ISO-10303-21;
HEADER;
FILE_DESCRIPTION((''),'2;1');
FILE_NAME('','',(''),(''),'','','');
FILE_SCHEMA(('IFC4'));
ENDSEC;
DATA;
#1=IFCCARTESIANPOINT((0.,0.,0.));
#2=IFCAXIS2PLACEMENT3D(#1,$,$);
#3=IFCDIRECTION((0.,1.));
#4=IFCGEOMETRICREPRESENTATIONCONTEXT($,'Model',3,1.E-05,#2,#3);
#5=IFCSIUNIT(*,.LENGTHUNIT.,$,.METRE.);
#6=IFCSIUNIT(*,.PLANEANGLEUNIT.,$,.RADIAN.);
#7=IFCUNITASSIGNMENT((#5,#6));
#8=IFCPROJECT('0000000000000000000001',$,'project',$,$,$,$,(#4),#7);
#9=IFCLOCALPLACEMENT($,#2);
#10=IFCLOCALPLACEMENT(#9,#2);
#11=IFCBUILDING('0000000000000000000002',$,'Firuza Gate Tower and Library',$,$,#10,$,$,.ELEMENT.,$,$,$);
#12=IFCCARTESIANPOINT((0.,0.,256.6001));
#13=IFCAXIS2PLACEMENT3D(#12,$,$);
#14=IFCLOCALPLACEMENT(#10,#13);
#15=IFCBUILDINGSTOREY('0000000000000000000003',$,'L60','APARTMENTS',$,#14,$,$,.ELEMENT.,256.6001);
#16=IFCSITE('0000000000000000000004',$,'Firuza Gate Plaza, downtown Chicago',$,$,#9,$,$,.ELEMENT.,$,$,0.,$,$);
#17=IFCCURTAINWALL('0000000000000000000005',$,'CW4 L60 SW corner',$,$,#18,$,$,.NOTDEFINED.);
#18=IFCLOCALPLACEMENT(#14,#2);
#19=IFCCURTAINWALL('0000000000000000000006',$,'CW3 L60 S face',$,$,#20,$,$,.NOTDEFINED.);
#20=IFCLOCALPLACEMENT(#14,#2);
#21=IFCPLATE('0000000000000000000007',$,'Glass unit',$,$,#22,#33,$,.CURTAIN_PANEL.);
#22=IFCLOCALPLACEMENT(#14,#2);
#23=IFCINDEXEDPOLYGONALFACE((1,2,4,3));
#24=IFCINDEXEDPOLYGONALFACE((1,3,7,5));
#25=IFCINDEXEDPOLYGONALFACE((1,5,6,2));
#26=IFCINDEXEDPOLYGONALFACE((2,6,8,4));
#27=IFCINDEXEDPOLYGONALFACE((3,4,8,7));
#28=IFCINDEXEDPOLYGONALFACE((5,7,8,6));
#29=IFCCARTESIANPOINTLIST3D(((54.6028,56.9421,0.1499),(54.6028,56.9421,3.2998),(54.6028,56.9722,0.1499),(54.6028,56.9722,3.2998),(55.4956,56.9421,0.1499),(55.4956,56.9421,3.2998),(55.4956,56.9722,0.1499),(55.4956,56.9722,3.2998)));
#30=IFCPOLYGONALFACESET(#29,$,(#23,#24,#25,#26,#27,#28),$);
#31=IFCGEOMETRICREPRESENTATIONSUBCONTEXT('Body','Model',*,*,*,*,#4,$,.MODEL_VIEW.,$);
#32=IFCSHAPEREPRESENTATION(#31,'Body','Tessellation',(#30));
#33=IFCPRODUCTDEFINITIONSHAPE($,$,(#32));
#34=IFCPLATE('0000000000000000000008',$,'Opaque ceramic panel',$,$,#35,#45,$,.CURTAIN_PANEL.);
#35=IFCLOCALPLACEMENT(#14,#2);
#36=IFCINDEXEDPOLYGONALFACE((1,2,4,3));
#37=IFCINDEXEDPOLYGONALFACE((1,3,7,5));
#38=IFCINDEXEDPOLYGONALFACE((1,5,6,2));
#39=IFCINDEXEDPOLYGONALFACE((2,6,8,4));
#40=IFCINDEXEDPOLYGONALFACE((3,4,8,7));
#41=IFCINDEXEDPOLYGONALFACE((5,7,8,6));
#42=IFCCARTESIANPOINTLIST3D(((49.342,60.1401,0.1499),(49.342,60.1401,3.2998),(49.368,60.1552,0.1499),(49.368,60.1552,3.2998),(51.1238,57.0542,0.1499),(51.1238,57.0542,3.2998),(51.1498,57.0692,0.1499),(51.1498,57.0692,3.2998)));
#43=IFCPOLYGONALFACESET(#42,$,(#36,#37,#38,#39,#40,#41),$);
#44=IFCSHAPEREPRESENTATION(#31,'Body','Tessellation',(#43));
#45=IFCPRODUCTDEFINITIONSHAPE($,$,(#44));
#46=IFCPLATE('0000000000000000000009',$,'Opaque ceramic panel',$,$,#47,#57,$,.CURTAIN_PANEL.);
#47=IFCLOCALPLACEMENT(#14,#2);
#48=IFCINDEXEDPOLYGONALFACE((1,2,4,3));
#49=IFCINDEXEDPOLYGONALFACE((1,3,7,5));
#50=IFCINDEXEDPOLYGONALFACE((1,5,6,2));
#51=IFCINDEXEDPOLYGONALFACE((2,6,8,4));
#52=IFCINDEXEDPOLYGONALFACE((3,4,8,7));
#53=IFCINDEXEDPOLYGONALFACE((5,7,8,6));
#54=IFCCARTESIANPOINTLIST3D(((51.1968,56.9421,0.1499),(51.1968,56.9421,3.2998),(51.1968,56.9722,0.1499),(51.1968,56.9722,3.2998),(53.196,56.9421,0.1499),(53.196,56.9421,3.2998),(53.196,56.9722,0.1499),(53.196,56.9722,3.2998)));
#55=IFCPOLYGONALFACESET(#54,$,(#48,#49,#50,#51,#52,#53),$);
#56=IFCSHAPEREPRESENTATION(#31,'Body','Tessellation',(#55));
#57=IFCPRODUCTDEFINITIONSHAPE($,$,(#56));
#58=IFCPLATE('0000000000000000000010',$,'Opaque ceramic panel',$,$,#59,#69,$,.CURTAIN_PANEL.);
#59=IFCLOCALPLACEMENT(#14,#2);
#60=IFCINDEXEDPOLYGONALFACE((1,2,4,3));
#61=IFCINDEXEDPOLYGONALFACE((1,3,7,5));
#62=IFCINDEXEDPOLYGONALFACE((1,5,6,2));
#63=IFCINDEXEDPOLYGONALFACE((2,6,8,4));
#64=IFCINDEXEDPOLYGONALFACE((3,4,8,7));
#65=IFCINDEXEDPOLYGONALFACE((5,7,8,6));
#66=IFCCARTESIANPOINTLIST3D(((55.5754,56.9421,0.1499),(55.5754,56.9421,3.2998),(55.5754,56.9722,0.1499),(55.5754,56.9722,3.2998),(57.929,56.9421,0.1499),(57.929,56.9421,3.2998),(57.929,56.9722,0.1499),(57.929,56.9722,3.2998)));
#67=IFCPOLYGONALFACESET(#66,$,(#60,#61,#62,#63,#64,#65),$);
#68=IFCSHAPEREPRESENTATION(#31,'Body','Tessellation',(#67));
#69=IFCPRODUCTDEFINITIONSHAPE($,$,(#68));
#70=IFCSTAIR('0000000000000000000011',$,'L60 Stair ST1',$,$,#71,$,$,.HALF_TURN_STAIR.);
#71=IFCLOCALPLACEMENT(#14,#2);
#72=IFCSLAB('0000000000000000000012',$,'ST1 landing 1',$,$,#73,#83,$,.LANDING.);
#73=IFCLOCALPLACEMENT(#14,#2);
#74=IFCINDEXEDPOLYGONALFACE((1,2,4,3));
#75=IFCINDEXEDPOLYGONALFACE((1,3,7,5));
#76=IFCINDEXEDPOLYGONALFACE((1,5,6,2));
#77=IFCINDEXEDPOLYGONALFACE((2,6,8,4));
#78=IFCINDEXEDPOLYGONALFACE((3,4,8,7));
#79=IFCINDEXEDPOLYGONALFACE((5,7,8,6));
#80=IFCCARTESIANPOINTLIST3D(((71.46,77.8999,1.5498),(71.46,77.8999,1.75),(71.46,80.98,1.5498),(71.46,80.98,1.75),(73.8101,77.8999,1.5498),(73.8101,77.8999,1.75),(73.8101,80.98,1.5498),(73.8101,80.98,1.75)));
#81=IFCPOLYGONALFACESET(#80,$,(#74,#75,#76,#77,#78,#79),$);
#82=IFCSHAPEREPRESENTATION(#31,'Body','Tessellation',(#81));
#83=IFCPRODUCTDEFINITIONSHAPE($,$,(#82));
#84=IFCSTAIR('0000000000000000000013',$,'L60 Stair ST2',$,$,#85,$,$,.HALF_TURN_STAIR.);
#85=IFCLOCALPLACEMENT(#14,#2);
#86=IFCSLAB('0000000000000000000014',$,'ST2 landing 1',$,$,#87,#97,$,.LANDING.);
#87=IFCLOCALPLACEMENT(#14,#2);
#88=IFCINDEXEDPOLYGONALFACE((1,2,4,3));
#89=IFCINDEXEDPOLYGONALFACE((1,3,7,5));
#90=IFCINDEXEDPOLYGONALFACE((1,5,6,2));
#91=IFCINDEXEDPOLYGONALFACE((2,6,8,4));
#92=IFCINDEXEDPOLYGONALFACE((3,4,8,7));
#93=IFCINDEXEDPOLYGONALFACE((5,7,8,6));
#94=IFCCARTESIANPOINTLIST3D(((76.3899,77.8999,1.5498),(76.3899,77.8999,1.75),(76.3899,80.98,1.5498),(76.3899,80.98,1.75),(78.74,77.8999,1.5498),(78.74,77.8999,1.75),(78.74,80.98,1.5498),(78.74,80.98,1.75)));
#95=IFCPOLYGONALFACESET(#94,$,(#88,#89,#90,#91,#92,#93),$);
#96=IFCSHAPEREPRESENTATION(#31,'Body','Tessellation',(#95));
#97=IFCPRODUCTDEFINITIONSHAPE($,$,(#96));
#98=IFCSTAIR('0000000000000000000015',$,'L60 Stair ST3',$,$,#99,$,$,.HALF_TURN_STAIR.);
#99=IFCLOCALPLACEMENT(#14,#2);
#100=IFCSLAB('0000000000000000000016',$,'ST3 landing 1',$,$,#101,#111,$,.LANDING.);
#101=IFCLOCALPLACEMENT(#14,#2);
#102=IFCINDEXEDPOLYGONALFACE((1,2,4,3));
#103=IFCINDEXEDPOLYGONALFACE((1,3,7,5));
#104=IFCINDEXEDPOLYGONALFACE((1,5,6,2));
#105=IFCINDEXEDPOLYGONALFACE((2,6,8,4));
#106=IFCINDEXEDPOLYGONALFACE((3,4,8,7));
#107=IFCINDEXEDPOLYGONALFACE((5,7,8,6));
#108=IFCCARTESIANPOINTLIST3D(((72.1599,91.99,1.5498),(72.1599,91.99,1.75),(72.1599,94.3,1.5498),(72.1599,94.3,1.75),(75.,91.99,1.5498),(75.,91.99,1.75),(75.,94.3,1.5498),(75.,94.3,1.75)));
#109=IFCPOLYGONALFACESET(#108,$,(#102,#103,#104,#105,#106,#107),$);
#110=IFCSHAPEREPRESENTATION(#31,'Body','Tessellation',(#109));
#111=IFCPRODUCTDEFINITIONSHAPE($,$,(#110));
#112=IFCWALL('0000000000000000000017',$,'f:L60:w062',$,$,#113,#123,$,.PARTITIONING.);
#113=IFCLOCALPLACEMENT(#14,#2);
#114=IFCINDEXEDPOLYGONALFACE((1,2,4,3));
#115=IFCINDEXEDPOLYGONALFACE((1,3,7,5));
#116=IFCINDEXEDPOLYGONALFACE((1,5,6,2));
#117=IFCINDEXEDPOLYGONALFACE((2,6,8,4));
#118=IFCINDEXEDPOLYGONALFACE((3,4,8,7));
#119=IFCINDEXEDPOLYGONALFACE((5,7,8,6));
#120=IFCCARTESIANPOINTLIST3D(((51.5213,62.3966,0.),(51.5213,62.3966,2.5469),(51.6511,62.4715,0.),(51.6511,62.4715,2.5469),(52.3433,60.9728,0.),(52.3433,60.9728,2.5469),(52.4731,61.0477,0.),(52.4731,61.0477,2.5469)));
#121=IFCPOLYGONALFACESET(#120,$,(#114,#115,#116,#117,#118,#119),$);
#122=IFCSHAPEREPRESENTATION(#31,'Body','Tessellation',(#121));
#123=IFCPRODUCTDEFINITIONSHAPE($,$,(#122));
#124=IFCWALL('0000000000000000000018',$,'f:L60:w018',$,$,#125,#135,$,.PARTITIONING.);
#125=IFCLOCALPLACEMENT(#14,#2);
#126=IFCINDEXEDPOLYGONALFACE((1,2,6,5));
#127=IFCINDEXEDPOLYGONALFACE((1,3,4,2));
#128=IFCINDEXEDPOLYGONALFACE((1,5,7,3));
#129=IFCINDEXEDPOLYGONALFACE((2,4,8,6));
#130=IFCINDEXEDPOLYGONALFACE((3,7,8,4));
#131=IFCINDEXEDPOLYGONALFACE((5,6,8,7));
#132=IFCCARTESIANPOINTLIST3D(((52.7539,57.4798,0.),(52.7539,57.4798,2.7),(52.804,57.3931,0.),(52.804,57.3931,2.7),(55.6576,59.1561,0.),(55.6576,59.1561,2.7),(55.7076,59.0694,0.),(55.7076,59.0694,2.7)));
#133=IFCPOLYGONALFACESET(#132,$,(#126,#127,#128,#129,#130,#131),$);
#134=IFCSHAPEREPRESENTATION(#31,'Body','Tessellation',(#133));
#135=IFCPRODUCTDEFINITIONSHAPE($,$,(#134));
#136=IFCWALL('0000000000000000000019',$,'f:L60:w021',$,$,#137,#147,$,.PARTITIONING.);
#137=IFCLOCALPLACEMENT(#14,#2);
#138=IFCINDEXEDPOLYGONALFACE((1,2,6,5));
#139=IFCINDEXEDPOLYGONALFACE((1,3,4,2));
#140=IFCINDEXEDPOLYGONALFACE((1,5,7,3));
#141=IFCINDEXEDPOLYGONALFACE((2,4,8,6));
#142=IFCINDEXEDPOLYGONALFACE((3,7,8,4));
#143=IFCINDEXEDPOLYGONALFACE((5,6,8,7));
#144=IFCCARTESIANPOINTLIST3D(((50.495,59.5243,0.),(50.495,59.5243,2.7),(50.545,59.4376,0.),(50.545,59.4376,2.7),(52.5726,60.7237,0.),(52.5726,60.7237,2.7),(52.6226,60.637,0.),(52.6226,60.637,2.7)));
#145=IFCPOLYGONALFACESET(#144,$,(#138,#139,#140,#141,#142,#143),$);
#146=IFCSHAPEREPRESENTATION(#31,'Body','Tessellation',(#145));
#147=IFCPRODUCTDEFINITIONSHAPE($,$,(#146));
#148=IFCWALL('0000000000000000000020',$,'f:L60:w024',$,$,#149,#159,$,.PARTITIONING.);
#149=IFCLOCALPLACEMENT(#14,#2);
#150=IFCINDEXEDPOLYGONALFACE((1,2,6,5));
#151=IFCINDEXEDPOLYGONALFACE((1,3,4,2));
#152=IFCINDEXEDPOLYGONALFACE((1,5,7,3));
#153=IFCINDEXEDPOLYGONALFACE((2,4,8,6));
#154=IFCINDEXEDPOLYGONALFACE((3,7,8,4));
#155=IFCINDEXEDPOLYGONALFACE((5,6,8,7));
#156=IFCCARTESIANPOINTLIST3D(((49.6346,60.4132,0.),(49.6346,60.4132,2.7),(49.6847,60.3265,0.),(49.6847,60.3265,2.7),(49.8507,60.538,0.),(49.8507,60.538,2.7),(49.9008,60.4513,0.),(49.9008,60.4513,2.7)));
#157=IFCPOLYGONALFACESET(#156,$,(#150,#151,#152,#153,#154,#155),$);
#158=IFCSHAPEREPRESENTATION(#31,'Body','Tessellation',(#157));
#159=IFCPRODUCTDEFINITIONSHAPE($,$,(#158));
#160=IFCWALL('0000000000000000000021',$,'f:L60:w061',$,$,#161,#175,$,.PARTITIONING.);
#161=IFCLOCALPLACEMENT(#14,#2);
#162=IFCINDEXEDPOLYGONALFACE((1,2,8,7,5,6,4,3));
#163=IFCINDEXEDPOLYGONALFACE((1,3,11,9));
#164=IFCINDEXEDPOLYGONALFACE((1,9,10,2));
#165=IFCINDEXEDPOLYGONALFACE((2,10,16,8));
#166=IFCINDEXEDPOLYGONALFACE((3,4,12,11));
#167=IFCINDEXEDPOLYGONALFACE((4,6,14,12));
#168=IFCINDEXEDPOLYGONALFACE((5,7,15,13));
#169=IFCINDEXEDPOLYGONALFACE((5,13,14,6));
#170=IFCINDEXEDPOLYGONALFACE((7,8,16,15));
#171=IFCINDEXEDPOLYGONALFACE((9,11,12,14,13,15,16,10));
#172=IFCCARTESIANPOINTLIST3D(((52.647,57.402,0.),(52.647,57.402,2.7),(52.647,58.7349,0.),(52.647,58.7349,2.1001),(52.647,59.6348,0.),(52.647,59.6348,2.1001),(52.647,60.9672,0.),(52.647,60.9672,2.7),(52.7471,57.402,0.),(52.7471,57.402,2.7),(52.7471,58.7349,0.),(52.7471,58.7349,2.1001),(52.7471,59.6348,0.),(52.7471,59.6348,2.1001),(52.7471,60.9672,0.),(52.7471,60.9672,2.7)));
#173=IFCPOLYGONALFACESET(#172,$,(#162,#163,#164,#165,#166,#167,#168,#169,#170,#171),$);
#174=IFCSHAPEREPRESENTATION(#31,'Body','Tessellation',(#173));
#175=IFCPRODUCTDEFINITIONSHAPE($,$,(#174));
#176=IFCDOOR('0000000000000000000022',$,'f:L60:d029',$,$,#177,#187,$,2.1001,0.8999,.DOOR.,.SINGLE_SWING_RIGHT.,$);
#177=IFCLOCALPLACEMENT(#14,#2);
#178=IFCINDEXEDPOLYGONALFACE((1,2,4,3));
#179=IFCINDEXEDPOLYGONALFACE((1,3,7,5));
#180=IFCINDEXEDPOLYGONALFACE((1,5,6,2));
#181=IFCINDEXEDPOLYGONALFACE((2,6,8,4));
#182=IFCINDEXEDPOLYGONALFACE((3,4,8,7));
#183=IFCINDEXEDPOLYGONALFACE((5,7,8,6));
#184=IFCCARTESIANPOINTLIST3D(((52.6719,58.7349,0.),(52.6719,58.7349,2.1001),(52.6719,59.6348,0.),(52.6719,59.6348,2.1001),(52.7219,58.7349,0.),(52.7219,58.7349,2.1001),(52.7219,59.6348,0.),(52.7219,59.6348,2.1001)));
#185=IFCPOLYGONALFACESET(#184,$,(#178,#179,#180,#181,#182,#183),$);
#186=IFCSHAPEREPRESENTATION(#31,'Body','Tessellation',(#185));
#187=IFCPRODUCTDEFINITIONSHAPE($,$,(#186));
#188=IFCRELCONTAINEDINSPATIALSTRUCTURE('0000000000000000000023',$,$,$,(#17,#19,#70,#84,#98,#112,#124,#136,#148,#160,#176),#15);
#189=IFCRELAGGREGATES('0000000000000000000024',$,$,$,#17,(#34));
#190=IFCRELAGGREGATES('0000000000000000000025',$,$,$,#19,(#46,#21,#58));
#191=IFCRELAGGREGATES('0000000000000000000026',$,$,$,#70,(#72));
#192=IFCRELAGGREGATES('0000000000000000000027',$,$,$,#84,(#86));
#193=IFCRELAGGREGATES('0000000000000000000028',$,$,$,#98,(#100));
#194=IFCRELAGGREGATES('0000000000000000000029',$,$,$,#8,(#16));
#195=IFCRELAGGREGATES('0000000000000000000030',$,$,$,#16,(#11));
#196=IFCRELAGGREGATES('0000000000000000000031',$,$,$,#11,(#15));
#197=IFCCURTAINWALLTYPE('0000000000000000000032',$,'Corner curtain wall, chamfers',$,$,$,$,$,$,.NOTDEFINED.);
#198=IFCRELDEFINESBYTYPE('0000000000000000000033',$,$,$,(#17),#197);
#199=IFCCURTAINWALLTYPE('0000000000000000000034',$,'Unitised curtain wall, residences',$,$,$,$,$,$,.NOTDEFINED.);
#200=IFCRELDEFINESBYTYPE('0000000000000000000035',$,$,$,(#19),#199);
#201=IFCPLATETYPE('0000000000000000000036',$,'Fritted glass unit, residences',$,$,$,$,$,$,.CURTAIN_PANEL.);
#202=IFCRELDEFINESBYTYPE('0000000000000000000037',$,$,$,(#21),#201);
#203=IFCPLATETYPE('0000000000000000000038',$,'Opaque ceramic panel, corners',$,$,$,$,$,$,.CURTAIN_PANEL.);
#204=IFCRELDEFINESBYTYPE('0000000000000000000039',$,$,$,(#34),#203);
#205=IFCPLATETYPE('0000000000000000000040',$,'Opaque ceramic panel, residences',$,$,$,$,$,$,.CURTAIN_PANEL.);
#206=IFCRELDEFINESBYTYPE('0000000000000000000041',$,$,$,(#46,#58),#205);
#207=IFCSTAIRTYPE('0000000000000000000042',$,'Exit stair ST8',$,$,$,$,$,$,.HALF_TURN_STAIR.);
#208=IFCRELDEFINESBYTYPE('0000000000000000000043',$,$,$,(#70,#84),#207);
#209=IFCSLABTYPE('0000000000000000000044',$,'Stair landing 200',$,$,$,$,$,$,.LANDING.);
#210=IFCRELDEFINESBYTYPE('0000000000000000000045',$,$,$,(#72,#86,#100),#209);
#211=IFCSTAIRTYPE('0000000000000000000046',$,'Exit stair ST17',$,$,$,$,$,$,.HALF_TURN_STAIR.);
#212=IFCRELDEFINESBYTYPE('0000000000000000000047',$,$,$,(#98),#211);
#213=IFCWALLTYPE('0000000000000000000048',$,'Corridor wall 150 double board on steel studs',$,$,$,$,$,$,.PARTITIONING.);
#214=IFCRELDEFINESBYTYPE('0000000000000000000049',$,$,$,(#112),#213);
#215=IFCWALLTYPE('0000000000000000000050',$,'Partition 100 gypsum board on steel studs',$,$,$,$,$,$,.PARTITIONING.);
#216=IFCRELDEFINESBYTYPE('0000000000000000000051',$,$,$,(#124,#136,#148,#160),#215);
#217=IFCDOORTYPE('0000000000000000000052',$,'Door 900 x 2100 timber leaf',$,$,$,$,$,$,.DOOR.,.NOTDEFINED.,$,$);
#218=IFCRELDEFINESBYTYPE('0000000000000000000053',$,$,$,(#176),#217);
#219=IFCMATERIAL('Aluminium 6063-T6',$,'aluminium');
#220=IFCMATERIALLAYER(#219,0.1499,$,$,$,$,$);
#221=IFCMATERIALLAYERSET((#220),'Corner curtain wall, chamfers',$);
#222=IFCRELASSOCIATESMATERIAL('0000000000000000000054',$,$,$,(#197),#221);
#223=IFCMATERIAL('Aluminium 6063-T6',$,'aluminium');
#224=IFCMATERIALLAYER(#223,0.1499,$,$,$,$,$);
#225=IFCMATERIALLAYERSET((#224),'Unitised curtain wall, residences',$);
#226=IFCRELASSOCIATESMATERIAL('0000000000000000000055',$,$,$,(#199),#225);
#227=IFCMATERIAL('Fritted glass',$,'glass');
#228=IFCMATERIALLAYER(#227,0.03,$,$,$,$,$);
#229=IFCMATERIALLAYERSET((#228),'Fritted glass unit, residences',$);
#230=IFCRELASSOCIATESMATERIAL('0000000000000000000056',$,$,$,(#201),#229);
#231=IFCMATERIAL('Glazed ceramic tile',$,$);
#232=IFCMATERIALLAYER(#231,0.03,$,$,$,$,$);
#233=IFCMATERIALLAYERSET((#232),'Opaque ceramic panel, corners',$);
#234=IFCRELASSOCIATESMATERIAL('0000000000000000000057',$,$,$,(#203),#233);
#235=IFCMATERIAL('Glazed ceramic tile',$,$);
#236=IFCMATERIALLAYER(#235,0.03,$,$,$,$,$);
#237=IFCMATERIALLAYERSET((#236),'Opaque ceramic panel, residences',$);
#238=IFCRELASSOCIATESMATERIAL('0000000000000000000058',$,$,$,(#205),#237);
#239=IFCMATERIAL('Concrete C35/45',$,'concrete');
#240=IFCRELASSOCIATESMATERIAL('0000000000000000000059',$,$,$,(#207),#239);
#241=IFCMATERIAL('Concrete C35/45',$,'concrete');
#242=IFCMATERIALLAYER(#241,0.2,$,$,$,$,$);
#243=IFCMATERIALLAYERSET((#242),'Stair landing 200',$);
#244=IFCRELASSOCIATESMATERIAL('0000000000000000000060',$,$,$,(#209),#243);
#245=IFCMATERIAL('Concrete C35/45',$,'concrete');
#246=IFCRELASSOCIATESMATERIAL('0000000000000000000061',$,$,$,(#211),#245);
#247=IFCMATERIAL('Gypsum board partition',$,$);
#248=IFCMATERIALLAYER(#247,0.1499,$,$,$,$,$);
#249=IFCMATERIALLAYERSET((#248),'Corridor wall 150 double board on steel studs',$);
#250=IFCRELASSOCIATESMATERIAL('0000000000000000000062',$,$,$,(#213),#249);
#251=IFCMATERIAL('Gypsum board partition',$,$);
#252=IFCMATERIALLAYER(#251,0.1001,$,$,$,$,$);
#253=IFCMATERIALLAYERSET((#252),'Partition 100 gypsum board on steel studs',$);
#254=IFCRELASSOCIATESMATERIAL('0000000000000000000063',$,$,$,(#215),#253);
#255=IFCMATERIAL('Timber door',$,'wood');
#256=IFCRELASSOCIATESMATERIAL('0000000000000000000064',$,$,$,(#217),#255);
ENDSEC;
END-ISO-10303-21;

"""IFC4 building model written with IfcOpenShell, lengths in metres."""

from ifc_helpers import new_model, si_unit, direction, frame, frame_2d, origin, place, context, subcontext, project, spatial, polyline, rectangle, outline, extrude, material, layer, layer_set, type_object, element, fill, aggregate, save


model = new_model("IFC4")

# Units and contexts
model_context = context("Model", 3, precision=1e-05, world=origin(), true_north=direction((0.0, 1.0)))
body_context = subcontext(model_context, "Body", "Model", "MODEL_VIEW")
ifc_project = project(units=[si_unit("LENGTHUNIT", "METRE"), si_unit("PLANEANGLEUNIT", "RADIAN")], contexts=[model_context])

# Site, building, storey
site_placement = place(None, origin())
site = spatial("IfcSite", under=ifc_project, at=site_placement, Name="Firuza Gate Plaza, downtown Chicago", CompositionType="ELEMENT", RefElevation=0.0)
building_placement = place(site_placement, origin())
building = spatial("IfcBuilding", under=site, at=building_placement, Name="Firuza Gate Tower and Library", CompositionType="ELEMENT")
storey_placement = place(building_placement, frame((0.0, 0.0, 256.6001)))
storey = spatial("IfcBuildingStorey", under=building, at=storey_placement, Name="L60", Description="APARTMENTS", CompositionType="ELEMENT", Elevation=256.6001)

# Curtain walls
ifc_material_1 = material(Name="Aluminium 6063-T6", Category="aluminium")
ifc_layer_1 = layer(ifc_material_1, 0.1499)
ifc_layer_set_1 = layer_set([ifc_layer_1], Name="Corner curtain wall, chamfers")
curtain_wall_type_1 = type_object("IfcCurtainWallType", Name="Corner curtain wall, chamfers", PredefinedType="NOTDEFINED", material=ifc_layer_set_1)
placement_1 = place(storey_placement, origin())
curtain_wall_1 = element("IfcCurtainWall", 1, at=placement_1, inside=storey, type_object=curtain_wall_type_1, Name="CW4 L60 SW corner", PredefinedType="NOTDEFINED")
ifc_material_2 = material(Name="Aluminium 6063-T6", Category="aluminium")
ifc_layer_2 = layer(ifc_material_2, 0.1499)
ifc_layer_set_2 = layer_set([ifc_layer_2], Name="Unitised curtain wall, residences")
curtain_wall_type_2 = type_object("IfcCurtainWallType", Name="Unitised curtain wall, residences", PredefinedType="NOTDEFINED", material=ifc_layer_set_2)
curtain_wall_2 = element("IfcCurtainWall", 2, at=placement_1, inside=storey, type_object=curtain_wall_type_2, Name="CW3 L60 S face", PredefinedType="NOTDEFINED")

# Plates
ifc_material_3 = material(Name="Fritted glass", Category="glass")
ifc_layer_3 = layer(ifc_material_3, 0.03)
ifc_layer_set_3 = layer_set([ifc_layer_3], Name="Fritted glass unit, residences")
plate_type_1 = type_object("IfcPlateType", Name="Fritted glass unit, residences", PredefinedType="CURTAIN_PANEL", material=ifc_layer_set_3)
plate_1_placement = place(storey_placement, frame((54.6028, 56.9421, 0.1499), z_axis=(0.0, -1.0, 0.0), x_axis=(1.0, 0.0, 0.0)))
plate_1 = element("IfcPlate", 3, at=plate_1_placement, type_object=plate_type_1, Name="Glass unit", PredefinedType="CURTAIN_PANEL", context=body_context, shape_type="SweptSolid", body=[
    extrude(outline(polyline([(0.0, 0.0), (0.8928, 0.0), (0.8928, 3.1499), (0.0, 3.1499), (0.0, 0.0)])), origin(), (0.0, 0.0, -1.0), 0.03),
])
ifc_material_4 = material(Name="Glazed ceramic tile")
ifc_layer_4 = layer(ifc_material_4, 0.03)
ifc_layer_set_4 = layer_set([ifc_layer_4], Name="Opaque ceramic panel, corners")
plate_type_2 = type_object("IfcPlateType", Name="Opaque ceramic panel, corners", PredefinedType="CURTAIN_PANEL", material=ifc_layer_set_4)
plate_2_placement = place(storey_placement, frame((49.342, 60.1401, 0.1499), z_axis=(-0.866017, -0.500015, 0.0), x_axis=(0.500015, -0.866017, 0.0)))
plate_2 = element("IfcPlate", 4, at=plate_2_placement, type_object=plate_type_2, Name="Opaque ceramic panel", PredefinedType="CURTAIN_PANEL", context=body_context, shape_type="SweptSolid", body=[
    extrude(outline(polyline([(0.0, 0.0), (3.5634, 0.0), (3.5634, 3.1499), (0.0, 3.1499), (0.0, 0.0)])), origin(), (0.0, 0.0, -1.0), 0.03),
])
aggregate(curtain_wall_1, [plate_2])
ifc_material_5 = material(Name="Glazed ceramic tile")
ifc_layer_5 = layer(ifc_material_5, 0.03)
ifc_layer_set_5 = layer_set([ifc_layer_5], Name="Opaque ceramic panel, residences")
plate_type_3 = type_object("IfcPlateType", Name="Opaque ceramic panel, residences", PredefinedType="CURTAIN_PANEL", material=ifc_layer_set_5)
plate_3_placement = place(storey_placement, frame((51.1968, 56.9421, 0.1499), z_axis=(0.0, -1.0, 0.0), x_axis=(1.0, 0.0, 0.0)))
plate_3 = element("IfcPlate", 5, at=plate_3_placement, type_object=plate_type_3, Name="Opaque ceramic panel", PredefinedType="CURTAIN_PANEL", context=body_context, shape_type="SweptSolid", body=[
    extrude(outline(polyline([(0.0, 0.0), (1.9993, 0.0), (1.9993, 3.1499), (0.0, 3.1499), (0.0, 0.0)])), origin(), (0.0, 0.0, -1.0), 0.03),
])
plate_4_placement = place(storey_placement, frame((55.5754, 56.9421, 0.1499), z_axis=(0.0, -1.0, 0.0), x_axis=(1.0, 0.0, 0.0)))
plate_4 = element("IfcPlate", 6, at=plate_4_placement, type_object=plate_type_3, Name="Opaque ceramic panel", PredefinedType="CURTAIN_PANEL", context=body_context, shape_type="SweptSolid", body=[
    extrude(outline(polyline([(0.0, 0.0), (2.3535, 0.0), (2.3535, 3.1499), (0.0, 3.1499), (0.0, 0.0)])), origin(), (0.0, 0.0, -1.0), 0.03),
])
aggregate(curtain_wall_2, [plate_3, plate_1, plate_4])

# Stairs, slabs
ifc_material_6 = material(Name="Concrete C35/45", Category="concrete")
stair_type_1 = type_object("IfcStairType", Name="Exit stair ST8", PredefinedType="HALF_TURN_STAIR", material=ifc_material_6)
stair_1 = element("IfcStair", 7, at=placement_1, inside=storey, type_object=stair_type_1, Name="L60 Stair ST1", PredefinedType="HALF_TURN_STAIR")
ifc_material_7 = material(Name="Concrete C35/45", Category="concrete")
ifc_layer_6 = layer(ifc_material_7, 0.2)
ifc_layer_set_6 = layer_set([ifc_layer_6], Name="Stair landing 200")
slab_type_1 = type_object("IfcSlabType", Name="Stair landing 200", PredefinedType="LANDING", material=ifc_layer_set_6)
placement_2 = place(storey_placement, frame((0.0, 0.0, 1.5498)))
slab_1 = element("IfcSlab", 8, at=placement_2, type_object=slab_type_1, Name="ST1 landing 1", PredefinedType="LANDING", context=body_context, shape_type="SweptSolid", body=[
    extrude(outline(polyline([(71.46, 77.8999), (73.8101, 77.8999), (73.8101, 80.98), (71.46, 80.98), (71.46, 77.8999)])), origin(), (0.0, 0.0, 1.0), 0.2002),
])
aggregate(stair_1, [slab_1])
stair_2 = element("IfcStair", 9, at=placement_1, inside=storey, type_object=stair_type_1, Name="L60 Stair ST2", PredefinedType="HALF_TURN_STAIR")
slab_2 = element("IfcSlab", 10, at=placement_2, type_object=slab_type_1, Name="ST2 landing 1", PredefinedType="LANDING", context=body_context, shape_type="SweptSolid", body=[
    extrude(outline(polyline([(78.74, 80.98), (76.3899, 80.98), (76.3899, 77.8999), (78.74, 77.8999), (78.74, 80.98)])), origin(), (0.0, 0.0, 1.0), 0.2002),
])
aggregate(stair_2, [slab_2])
ifc_material_8 = material(Name="Concrete C35/45", Category="concrete")
stair_type_2 = type_object("IfcStairType", Name="Exit stair ST17", PredefinedType="HALF_TURN_STAIR", material=ifc_material_8)
stair_3 = element("IfcStair", 11, at=placement_1, inside=storey, type_object=stair_type_2, Name="L60 Stair ST3", PredefinedType="HALF_TURN_STAIR")
slab_3 = element("IfcSlab", 12, at=placement_2, type_object=slab_type_1, Name="ST3 landing 1", PredefinedType="LANDING", context=body_context, shape_type="SweptSolid", body=[
    extrude(outline(polyline([(75.0, 91.99), (75.0, 94.3), (72.1599, 94.3), (72.1599, 91.99), (75.0, 91.99)])), origin(), (0.0, 0.0, 1.0), 0.2002),
])
aggregate(stair_3, [slab_3])

# Walls
ifc_material_9 = material(Name="Gypsum board partition")
ifc_layer_7 = layer(ifc_material_9, 0.1499)
ifc_layer_set_7 = layer_set([ifc_layer_7], Name="Corridor wall 150 double board on steel studs")
wall_type_1 = type_object("IfcWallType", Name="Corridor wall 150 double board on steel studs", PredefinedType="PARTITIONING", material=ifc_layer_set_7)
wall_1_placement = place(storey_placement, frame((52.4082, 61.0103, 0.0), z_axis=(0.0, 0.0, 1.0), x_axis=(-0.499988, 0.866032, 0.0)))
element("IfcWall", 13, at=wall_1_placement, inside=storey, type_object=wall_type_1, Name="f:L60:w062", PredefinedType="PARTITIONING", context=body_context, shape_type="SweptSolid", body=[
    extrude(rectangle(XDim=1.644, YDim=0.1499, at=frame_2d((0.822, 0.0))), origin(), (0.0, 0.0, 1.0), 2.5469),
])
ifc_material_10 = material(Name="Gypsum board partition")
ifc_layer_8 = layer(ifc_material_10, 0.1001)
ifc_layer_set_8 = layer_set([ifc_layer_8], Name="Partition 100 gypsum board on steel studs")
wall_type_2 = type_object("IfcWallType", Name="Partition 100 gypsum board on steel studs", PredefinedType="PARTITIONING", material=ifc_layer_set_8)
wall_2_placement = place(storey_placement, frame((52.7791, 57.4365, 0.0), z_axis=(0.0, 0.0, 1.0), x_axis=(0.866039, 0.499977, 0.0)))
element("IfcWall", 14, at=wall_2_placement, inside=storey, type_object=wall_type_2, Name="f:L60:w018", PredefinedType="PARTITIONING", context=body_context, shape_type="SweptSolid", body=[
    extrude(rectangle(XDim=3.3528, YDim=0.1001, at=frame_2d((1.6763, 0.0))), origin(), (0.0, 0.0, 1.0), 2.7),
])
wall_3_placement = place(storey_placement, frame((50.52, 59.481, 0.0), z_axis=(0.0, 0.0, 1.0), x_axis=(0.866036, 0.499981, 0.0)))
element("IfcWall", 15, at=wall_3_placement, inside=storey, type_object=wall_type_2, Name="f:L60:w021", PredefinedType="PARTITIONING", context=body_context, shape_type="SweptSolid", body=[
    extrude(rectangle(XDim=2.3989, YDim=0.1001, at=frame_2d((1.1995, 0.0))), origin(), (0.0, 0.0, 1.0), 2.7),
])
wall_4_placement = place(storey_placement, frame((49.6597, 60.3699, 0.0), z_axis=(0.0, 0.0, 1.0), x_axis=(0.866006, 0.500033, 0.0)))
element("IfcWall", 16, at=wall_4_placement, inside=storey, type_object=wall_type_2, Name="f:L60:w024", PredefinedType="PARTITIONING", context=body_context, shape_type="SweptSolid", body=[
    extrude(rectangle(XDim=0.2495, YDim=0.1001, at=frame_2d((0.1248, 0.0))), origin(), (0.0, 0.0, 1.0), 2.7),
])

# Wall, opening, door
wall_5_placement = place(storey_placement, frame((52.697, 60.9673, 0.0), z_axis=(0.0, 0.0, 1.0), x_axis=(0.0, -1.0, 0.0)))
wall_5 = element("IfcWall", 17, at=wall_5_placement, inside=storey, type_object=wall_type_2, Name="f:L60:w061", PredefinedType="PARTITIONING", context=body_context, shape_type="SweptSolid", body=[
    extrude(rectangle(XDim=3.5652, YDim=0.1001, at=frame_2d((1.7827, 0.0))), origin(), (0.0, 0.0, 1.0), 2.7),
])
opening_placement = place(wall_5_placement, frame((1.3325, 0.0, 0.0)))
opening = element("IfcOpeningElement", 18, at=opening_placement, cuts=wall_5, PredefinedType="OPENING", context=body_context, shape_type="SweptSolid", body=[
    extrude(rectangle(XDim=0.8999, YDim=2.1001, at=frame_2d((0.45, 1.05))), frame((0.0, 0.0601, 0.0), z_axis=(0.0, -1.0, 0.0), x_axis=(1.0, 0.0, 0.0)), (0.0, 0.0, 1.0), 0.1201),
])
ifc_material_11 = material(Name="Timber door", Category="wood")
door_type = type_object("IfcDoorType", Name="Door 900 x 2100 timber leaf", OperationType="NOTDEFINED", PredefinedType="DOOR", material=ifc_material_11)
door_placement = place(opening_placement, origin())
door = element("IfcDoor", 19, at=door_placement, inside=storey, type_object=door_type, Name="f:L60:d029", OperationType="SINGLE_SWING_RIGHT", OverallHeight=2.1001, OverallWidth=0.8999, PredefinedType="DOOR", context=body_context, shape_type="SweptSolid", body=[
    extrude(rectangle(XDim=0.8999, YDim=2.1001, at=frame_2d((0.45, 1.05))), frame((0.0, 0.0249, 0.0), z_axis=(0.0, -1.0, 0.0), x_axis=(1.0, 0.0, 0.0)), (0.0, 0.0, 1.0), 0.05),
])
fill(opening, door)

save(model, "model.ifc")
